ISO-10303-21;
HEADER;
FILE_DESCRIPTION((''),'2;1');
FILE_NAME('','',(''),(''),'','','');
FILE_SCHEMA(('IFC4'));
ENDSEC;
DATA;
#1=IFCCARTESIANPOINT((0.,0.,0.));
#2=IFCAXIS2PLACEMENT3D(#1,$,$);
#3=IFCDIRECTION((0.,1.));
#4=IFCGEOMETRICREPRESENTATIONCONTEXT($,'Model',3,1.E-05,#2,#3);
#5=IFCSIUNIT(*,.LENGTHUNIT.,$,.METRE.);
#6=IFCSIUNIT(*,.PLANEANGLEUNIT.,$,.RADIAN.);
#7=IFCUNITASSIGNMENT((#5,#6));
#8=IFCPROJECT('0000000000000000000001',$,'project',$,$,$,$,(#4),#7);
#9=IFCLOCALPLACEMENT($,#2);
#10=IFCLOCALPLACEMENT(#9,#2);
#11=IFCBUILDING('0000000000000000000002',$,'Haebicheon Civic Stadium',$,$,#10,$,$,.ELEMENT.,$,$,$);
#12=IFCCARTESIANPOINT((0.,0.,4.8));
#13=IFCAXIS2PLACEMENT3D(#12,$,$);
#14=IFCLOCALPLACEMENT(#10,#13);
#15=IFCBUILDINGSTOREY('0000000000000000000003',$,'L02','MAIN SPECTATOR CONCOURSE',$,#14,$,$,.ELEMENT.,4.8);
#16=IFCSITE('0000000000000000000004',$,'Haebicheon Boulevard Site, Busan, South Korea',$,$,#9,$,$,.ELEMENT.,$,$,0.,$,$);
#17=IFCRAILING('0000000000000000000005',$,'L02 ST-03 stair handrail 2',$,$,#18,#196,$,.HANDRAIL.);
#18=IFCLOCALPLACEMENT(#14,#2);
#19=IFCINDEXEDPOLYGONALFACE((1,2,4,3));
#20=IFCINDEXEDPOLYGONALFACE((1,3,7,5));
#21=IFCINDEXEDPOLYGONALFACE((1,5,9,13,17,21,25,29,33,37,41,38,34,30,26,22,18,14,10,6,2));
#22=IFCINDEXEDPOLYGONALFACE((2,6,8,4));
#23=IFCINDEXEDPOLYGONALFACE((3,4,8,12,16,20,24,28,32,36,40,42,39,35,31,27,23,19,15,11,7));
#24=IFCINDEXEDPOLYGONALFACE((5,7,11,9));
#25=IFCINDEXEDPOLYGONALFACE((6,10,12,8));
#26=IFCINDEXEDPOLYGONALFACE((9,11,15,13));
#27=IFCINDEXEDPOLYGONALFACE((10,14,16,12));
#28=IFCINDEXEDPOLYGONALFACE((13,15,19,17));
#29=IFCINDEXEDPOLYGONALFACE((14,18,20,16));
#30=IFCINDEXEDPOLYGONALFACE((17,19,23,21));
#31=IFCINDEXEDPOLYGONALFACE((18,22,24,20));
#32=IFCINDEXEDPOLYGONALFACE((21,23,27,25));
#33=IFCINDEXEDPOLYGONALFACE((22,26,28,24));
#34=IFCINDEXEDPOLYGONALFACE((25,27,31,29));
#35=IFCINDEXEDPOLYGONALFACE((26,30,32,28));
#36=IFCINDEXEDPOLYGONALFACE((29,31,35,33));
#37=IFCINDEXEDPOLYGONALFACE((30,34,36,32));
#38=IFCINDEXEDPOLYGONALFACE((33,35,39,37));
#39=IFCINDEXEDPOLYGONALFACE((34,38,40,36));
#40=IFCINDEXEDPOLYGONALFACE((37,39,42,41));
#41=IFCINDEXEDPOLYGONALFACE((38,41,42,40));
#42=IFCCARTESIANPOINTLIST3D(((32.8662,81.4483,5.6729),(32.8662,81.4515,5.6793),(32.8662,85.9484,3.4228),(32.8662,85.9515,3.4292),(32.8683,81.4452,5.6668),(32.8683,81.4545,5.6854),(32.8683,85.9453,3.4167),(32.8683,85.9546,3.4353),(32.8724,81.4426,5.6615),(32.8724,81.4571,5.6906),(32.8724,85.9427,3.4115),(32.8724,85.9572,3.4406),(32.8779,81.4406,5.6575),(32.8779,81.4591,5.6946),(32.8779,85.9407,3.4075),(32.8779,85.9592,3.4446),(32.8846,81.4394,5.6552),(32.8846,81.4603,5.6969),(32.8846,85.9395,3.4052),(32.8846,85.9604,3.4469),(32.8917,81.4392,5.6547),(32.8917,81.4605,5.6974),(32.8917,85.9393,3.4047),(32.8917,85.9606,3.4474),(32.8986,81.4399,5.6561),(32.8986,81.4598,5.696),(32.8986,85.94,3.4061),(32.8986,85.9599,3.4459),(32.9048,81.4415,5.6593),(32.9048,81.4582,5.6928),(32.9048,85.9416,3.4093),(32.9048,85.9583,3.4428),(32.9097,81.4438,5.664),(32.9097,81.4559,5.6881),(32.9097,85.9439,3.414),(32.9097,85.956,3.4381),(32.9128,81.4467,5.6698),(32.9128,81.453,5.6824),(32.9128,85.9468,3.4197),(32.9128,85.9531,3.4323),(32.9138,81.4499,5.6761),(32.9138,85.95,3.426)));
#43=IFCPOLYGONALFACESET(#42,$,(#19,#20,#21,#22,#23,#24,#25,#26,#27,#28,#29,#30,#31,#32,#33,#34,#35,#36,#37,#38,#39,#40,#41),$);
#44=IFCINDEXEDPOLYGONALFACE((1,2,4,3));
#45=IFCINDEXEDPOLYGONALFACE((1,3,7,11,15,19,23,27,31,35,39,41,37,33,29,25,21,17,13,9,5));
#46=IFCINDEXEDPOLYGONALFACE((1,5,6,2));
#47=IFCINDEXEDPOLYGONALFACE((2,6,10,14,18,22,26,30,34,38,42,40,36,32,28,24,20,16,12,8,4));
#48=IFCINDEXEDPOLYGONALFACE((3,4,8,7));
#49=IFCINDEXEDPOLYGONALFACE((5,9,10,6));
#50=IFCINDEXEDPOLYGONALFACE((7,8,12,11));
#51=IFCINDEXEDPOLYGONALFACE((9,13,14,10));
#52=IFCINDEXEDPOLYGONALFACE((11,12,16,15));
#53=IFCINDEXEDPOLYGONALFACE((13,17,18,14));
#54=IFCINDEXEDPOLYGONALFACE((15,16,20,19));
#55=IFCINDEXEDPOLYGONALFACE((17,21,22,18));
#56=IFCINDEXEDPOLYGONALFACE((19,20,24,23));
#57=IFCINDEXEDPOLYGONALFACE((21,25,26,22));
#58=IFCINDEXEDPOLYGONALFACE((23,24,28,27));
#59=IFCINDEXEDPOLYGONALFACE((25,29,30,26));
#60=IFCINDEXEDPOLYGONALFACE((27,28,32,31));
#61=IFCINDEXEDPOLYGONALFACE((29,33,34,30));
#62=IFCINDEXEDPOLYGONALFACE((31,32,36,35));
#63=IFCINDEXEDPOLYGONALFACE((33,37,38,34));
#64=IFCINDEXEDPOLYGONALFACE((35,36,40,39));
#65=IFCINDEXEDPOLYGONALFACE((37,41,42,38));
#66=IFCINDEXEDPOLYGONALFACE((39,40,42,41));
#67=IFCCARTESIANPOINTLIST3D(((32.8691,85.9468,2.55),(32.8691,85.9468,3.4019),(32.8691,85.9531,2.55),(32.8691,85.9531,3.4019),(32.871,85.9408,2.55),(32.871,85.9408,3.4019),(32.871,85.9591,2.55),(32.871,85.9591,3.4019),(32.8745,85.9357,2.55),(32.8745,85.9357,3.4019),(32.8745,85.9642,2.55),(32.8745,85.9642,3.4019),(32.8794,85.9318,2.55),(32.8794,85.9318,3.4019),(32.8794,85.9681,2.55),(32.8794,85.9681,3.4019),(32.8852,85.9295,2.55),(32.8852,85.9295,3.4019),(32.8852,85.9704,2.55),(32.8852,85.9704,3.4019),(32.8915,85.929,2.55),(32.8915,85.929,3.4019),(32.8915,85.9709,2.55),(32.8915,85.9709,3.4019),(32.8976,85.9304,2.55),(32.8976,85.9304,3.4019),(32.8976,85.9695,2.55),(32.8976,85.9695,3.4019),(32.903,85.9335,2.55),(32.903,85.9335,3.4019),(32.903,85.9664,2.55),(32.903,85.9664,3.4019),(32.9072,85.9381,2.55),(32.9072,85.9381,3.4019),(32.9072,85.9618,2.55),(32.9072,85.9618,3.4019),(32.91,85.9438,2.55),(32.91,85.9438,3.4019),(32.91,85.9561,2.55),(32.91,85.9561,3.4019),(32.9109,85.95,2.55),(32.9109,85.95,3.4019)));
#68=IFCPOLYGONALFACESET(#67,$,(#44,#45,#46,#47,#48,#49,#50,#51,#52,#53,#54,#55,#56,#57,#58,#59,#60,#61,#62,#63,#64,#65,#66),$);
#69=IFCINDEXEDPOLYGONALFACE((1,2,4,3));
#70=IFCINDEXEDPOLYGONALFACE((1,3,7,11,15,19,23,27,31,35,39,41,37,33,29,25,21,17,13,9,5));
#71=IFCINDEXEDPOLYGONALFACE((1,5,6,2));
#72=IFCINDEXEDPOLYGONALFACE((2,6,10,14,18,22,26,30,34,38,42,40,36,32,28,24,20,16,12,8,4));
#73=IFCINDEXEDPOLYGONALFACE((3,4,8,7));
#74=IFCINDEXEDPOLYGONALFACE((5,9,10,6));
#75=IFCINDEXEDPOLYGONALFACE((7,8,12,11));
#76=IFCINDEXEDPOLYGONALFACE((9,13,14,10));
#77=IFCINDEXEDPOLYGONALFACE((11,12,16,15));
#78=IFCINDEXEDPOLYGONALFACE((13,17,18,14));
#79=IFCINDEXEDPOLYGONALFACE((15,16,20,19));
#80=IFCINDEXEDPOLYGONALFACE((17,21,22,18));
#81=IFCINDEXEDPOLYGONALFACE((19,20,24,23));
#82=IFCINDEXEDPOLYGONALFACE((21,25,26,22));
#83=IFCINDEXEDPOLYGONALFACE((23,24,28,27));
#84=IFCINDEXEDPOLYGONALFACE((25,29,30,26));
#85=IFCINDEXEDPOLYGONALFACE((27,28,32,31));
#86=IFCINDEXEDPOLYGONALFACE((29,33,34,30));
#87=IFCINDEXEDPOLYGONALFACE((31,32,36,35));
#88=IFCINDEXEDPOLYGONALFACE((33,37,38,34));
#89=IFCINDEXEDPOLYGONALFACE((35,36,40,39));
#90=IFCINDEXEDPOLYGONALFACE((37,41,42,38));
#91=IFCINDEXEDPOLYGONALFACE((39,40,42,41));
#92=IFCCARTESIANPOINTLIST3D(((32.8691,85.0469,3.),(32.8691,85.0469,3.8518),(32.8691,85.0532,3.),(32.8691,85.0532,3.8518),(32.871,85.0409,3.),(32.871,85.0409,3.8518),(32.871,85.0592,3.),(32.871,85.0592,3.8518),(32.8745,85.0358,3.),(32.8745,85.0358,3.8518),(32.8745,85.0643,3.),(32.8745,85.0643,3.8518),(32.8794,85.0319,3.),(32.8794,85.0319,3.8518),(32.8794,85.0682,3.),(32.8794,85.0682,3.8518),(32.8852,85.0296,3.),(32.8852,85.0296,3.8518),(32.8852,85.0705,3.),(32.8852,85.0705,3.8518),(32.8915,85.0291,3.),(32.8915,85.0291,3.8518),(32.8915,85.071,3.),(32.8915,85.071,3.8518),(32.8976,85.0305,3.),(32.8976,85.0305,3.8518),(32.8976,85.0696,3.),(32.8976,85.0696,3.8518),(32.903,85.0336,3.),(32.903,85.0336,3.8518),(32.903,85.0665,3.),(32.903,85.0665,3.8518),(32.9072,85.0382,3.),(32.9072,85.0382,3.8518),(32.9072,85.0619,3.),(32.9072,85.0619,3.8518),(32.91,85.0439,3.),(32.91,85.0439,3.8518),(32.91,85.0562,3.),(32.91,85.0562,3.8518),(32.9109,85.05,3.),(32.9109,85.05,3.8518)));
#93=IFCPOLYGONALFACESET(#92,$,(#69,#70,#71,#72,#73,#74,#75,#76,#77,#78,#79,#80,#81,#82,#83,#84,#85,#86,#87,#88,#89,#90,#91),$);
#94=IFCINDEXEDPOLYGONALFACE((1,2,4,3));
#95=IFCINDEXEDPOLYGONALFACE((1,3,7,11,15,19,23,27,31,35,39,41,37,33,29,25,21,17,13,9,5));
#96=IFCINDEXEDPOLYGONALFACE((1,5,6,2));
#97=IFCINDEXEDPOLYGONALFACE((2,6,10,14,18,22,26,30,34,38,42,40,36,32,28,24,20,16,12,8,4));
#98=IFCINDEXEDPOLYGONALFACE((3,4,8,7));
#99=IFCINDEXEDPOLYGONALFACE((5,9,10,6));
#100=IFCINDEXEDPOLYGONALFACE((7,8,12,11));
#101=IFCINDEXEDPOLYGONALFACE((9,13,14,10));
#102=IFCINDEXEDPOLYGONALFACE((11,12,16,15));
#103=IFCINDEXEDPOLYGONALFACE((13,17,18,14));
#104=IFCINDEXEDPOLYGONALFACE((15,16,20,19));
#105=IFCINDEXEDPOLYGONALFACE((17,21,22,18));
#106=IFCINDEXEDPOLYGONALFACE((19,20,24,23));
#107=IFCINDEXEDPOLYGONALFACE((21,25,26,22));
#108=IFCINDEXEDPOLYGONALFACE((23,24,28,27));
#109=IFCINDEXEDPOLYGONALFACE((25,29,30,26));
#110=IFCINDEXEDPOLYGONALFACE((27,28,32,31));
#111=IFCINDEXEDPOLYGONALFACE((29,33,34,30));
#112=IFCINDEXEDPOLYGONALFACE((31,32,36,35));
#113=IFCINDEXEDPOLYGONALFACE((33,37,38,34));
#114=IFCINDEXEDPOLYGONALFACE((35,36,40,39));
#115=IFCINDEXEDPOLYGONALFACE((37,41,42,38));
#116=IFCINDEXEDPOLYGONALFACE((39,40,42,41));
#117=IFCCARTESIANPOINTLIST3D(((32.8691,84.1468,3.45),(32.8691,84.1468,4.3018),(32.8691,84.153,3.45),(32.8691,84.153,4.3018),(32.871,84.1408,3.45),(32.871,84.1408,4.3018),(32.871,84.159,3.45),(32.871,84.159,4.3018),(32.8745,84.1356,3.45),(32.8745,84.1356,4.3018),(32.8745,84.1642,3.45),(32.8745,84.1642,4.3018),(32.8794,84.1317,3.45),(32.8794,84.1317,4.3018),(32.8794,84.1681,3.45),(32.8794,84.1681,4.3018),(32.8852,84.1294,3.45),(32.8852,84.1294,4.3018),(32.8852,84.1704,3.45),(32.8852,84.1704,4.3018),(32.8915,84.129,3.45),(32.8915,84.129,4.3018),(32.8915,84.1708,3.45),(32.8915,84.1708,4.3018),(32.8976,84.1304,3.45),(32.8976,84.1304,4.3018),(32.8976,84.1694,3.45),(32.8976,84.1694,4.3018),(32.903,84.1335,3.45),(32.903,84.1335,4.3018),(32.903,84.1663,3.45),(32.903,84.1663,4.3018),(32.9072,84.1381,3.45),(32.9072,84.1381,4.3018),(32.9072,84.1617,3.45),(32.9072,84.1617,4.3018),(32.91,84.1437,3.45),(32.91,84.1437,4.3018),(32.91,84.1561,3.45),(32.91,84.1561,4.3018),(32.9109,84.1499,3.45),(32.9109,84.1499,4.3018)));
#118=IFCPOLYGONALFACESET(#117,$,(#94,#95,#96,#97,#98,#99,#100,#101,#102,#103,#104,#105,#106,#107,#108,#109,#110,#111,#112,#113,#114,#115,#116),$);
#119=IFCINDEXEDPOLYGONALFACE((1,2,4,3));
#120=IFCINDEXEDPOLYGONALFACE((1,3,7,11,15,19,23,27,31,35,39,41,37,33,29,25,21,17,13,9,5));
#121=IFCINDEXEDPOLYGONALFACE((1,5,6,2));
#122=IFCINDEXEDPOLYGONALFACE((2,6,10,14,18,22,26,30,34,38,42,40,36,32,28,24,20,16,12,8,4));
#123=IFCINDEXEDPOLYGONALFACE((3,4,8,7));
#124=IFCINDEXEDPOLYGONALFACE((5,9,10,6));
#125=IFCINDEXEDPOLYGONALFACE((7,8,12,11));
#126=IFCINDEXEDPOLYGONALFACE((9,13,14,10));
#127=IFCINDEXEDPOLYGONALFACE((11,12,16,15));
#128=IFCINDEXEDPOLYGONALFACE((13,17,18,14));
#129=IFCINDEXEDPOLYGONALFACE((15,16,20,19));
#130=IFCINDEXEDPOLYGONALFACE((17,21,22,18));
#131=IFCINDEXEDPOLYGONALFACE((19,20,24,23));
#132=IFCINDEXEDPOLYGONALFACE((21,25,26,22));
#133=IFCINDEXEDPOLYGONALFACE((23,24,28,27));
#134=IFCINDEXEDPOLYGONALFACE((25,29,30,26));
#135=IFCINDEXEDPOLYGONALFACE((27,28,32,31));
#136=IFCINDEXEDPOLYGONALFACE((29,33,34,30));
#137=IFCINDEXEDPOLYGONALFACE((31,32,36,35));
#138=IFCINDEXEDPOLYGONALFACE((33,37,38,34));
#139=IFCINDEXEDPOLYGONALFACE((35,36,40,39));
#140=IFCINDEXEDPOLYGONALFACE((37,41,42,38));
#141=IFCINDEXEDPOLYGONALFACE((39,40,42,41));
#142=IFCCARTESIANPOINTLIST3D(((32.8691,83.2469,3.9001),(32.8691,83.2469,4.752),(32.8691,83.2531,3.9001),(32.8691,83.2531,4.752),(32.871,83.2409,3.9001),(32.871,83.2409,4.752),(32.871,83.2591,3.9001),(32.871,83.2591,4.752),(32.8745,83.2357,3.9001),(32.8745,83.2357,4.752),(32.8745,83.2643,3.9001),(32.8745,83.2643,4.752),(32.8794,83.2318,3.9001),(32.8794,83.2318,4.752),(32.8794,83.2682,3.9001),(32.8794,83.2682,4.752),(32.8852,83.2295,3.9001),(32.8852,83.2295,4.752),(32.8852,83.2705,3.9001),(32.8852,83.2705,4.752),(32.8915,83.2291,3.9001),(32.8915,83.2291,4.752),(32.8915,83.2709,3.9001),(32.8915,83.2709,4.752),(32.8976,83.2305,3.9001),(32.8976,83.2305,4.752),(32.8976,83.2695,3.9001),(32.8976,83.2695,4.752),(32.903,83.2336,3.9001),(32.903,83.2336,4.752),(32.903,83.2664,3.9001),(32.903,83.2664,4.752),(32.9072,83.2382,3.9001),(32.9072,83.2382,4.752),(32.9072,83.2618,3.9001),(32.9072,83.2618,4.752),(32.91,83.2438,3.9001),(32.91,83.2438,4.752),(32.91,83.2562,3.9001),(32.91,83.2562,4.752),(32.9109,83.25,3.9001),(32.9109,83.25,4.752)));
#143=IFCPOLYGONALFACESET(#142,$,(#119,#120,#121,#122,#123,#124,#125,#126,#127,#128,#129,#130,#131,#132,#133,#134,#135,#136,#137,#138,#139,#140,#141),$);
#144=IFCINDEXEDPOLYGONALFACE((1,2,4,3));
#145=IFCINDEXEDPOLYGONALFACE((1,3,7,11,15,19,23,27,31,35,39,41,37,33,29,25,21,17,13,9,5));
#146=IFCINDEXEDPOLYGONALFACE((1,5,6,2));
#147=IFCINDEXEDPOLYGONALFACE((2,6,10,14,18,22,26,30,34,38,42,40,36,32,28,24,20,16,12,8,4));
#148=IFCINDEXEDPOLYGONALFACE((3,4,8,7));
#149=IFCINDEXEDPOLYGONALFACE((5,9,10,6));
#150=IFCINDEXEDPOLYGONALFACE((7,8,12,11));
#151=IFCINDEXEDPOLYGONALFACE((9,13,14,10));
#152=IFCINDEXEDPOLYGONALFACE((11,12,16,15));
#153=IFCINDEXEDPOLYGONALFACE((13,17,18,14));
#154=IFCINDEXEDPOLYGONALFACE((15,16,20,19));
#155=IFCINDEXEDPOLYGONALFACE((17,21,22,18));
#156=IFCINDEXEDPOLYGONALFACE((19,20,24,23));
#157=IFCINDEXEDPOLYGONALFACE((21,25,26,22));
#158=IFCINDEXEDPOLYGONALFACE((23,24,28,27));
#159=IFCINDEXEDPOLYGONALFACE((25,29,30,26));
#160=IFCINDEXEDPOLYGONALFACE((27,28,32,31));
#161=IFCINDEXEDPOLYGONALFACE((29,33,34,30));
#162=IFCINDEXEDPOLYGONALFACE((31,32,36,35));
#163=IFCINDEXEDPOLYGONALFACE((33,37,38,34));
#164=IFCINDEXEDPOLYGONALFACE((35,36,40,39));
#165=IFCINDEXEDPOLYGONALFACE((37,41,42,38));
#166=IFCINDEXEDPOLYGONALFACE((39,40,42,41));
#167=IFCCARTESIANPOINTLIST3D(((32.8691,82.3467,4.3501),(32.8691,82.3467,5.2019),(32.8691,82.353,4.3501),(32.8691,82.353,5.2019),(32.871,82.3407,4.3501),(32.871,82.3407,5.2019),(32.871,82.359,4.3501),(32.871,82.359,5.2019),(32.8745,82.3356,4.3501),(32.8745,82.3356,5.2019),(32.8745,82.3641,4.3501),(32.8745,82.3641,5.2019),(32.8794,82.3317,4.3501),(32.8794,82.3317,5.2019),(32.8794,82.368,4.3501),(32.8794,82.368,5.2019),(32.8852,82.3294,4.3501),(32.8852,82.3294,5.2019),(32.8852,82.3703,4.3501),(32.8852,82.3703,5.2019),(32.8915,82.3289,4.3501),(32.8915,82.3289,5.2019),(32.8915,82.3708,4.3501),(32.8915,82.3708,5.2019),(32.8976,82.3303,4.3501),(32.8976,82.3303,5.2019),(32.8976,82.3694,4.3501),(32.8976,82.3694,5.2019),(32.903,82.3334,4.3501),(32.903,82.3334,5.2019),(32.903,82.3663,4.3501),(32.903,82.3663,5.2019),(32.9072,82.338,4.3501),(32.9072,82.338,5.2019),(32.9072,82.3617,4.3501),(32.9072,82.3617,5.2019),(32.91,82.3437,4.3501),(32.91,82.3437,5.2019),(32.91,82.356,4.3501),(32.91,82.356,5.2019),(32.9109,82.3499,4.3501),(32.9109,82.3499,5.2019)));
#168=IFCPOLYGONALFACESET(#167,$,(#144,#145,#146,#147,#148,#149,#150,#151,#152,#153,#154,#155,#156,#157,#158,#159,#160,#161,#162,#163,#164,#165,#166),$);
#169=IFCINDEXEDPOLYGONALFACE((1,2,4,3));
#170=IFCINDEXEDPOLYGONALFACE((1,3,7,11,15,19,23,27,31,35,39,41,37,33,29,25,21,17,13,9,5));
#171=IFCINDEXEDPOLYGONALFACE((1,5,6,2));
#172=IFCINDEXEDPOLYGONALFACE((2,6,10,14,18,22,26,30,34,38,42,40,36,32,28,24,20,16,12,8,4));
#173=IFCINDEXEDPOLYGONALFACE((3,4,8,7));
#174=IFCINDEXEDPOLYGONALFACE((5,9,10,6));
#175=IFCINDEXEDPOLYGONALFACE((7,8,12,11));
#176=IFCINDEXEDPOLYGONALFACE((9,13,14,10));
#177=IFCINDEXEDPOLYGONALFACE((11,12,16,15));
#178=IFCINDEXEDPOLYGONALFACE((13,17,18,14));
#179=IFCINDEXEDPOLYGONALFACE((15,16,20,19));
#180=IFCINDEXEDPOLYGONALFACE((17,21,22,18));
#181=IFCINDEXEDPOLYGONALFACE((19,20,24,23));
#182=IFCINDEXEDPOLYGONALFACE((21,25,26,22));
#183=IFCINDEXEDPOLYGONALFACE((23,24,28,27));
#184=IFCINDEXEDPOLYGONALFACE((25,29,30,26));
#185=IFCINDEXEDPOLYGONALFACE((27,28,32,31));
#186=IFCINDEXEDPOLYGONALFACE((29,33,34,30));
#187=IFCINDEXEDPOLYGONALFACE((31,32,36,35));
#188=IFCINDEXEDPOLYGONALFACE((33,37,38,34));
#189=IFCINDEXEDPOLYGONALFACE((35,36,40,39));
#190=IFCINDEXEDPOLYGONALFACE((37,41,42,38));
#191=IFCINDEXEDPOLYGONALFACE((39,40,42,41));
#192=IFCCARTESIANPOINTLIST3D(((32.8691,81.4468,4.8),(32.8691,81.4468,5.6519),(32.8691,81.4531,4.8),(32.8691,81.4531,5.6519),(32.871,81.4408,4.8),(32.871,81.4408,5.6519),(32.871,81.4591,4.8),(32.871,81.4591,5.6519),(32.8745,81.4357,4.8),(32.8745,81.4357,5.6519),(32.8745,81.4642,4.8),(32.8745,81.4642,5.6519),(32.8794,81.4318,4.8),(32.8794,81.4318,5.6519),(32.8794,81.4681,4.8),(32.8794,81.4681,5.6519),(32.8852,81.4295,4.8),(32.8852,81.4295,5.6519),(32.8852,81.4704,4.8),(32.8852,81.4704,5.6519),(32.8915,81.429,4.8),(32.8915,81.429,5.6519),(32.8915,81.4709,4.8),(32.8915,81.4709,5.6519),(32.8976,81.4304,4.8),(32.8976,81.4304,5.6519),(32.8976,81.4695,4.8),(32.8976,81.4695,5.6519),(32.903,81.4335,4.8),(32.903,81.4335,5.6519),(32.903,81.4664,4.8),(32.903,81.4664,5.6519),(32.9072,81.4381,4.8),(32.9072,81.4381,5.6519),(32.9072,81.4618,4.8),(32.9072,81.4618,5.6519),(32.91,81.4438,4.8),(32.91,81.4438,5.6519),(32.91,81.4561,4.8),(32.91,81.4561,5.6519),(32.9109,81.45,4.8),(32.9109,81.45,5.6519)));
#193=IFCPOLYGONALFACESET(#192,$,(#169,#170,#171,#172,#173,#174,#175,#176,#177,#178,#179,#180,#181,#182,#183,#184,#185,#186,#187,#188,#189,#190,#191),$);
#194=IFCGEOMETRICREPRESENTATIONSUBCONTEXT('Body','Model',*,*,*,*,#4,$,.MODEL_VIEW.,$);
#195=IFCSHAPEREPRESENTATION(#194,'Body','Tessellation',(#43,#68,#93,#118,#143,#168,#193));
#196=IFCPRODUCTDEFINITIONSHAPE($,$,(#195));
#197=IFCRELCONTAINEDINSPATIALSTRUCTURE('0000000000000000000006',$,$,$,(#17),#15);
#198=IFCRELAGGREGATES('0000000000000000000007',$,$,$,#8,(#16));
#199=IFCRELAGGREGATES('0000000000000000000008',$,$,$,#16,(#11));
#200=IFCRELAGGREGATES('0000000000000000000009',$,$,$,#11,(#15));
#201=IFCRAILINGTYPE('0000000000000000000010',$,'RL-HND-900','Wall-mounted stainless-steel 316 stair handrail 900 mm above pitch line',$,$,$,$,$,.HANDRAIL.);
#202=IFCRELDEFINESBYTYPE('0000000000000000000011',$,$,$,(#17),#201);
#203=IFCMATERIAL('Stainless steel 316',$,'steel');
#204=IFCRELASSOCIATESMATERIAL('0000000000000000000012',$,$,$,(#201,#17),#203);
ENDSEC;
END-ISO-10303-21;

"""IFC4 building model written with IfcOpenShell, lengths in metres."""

from ifc_helpers import new_model, si_unit, direction, frame, origin, origin_2d, place, context, subcontext, project, spatial, circle, extrude, material, type_object, element, save


model = new_model("IFC4")

# Units and contexts
model_context = context("Model", 3, precision=1e-05, world=origin(), true_north=direction((0.0, 1.0)))
body_context = subcontext(model_context, "Body", "Model", "MODEL_VIEW")
ifc_project = project(units=[si_unit("LENGTHUNIT", "METRE"), si_unit("PLANEANGLEUNIT", "RADIAN")], contexts=[model_context])

# Site, building, storey
site_placement = place(None, origin())
site = spatial("IfcSite", under=ifc_project, at=site_placement, Name="Haebicheon Boulevard Site, Busan, South Korea", CompositionType="ELEMENT", RefElevation=0.0)
building_placement = place(site_placement, origin())
building = spatial("IfcBuilding", under=site, at=building_placement, Name="Haebicheon Civic Stadium", CompositionType="ELEMENT")
storey_placement = place(building_placement, frame((0.0, 0.0, 4.8)))
storey = spatial("IfcBuildingStorey", under=building, at=storey_placement, Name="L02", Description="MAIN SPECTATOR CONCOURSE", CompositionType="ELEMENT", Elevation=4.8)

# Railing
ifc_material_1 = material(Name="Stainless steel 316", Category="steel")
railing_type_1 = type_object("IfcRailingType", Name="RL-HND-900", Description="Wall-mounted stainless-steel 316 stair handrail 900 mm above pitch line", PredefinedType="HANDRAIL", material=ifc_material_1)
railing_1_placement = place(storey_placement, frame((32.8899, 85.95, 2.55)))
element("IfcRailing", 1, at=railing_1_placement, inside=storey, type_object=railing_type_1, material=ifc_material_1, Name="L02 ST-03 stair handrail 2", PredefinedType="HANDRAIL", context=body_context, shape_type="SweptSolid", body=[
    extrude(circle(Radius=0.0239, at=origin_2d()), frame((0.0, 0.0, 0.876), z_axis=(0.0, -0.894427, 0.447214), x_axis=(1.0, 0.0, 0.0)), (0.0, 0.0, 1.0), 5.0312),
    extrude(circle(Radius=0.021, at=origin_2d()), origin(), (0.0, 0.0, 1.0), 0.8518),
    extrude(circle(Radius=0.021, at=origin_2d()), frame((0.0, -0.8999, 0.45)), (0.0, 0.0, 1.0), 0.8518),
    extrude(circle(Radius=0.021, at=origin_2d()), frame((0.0, -1.8, 0.8999)), (0.0, 0.0, 1.0), 0.8518),
    extrude(circle(Radius=0.021, at=origin_2d()), frame((0.0, -2.7, 1.3501)), (0.0, 0.0, 1.0), 0.8518),
    extrude(circle(Radius=0.021, at=origin_2d()), frame((0.0, -3.6001, 1.8)), (0.0, 0.0, 1.0), 0.8518),
    extrude(circle(Radius=0.021, at=origin_2d()), frame((0.0, -4.5, 2.25)), (0.0, 0.0, 1.0), 0.8518),
])

save(model, "model.ifc")
